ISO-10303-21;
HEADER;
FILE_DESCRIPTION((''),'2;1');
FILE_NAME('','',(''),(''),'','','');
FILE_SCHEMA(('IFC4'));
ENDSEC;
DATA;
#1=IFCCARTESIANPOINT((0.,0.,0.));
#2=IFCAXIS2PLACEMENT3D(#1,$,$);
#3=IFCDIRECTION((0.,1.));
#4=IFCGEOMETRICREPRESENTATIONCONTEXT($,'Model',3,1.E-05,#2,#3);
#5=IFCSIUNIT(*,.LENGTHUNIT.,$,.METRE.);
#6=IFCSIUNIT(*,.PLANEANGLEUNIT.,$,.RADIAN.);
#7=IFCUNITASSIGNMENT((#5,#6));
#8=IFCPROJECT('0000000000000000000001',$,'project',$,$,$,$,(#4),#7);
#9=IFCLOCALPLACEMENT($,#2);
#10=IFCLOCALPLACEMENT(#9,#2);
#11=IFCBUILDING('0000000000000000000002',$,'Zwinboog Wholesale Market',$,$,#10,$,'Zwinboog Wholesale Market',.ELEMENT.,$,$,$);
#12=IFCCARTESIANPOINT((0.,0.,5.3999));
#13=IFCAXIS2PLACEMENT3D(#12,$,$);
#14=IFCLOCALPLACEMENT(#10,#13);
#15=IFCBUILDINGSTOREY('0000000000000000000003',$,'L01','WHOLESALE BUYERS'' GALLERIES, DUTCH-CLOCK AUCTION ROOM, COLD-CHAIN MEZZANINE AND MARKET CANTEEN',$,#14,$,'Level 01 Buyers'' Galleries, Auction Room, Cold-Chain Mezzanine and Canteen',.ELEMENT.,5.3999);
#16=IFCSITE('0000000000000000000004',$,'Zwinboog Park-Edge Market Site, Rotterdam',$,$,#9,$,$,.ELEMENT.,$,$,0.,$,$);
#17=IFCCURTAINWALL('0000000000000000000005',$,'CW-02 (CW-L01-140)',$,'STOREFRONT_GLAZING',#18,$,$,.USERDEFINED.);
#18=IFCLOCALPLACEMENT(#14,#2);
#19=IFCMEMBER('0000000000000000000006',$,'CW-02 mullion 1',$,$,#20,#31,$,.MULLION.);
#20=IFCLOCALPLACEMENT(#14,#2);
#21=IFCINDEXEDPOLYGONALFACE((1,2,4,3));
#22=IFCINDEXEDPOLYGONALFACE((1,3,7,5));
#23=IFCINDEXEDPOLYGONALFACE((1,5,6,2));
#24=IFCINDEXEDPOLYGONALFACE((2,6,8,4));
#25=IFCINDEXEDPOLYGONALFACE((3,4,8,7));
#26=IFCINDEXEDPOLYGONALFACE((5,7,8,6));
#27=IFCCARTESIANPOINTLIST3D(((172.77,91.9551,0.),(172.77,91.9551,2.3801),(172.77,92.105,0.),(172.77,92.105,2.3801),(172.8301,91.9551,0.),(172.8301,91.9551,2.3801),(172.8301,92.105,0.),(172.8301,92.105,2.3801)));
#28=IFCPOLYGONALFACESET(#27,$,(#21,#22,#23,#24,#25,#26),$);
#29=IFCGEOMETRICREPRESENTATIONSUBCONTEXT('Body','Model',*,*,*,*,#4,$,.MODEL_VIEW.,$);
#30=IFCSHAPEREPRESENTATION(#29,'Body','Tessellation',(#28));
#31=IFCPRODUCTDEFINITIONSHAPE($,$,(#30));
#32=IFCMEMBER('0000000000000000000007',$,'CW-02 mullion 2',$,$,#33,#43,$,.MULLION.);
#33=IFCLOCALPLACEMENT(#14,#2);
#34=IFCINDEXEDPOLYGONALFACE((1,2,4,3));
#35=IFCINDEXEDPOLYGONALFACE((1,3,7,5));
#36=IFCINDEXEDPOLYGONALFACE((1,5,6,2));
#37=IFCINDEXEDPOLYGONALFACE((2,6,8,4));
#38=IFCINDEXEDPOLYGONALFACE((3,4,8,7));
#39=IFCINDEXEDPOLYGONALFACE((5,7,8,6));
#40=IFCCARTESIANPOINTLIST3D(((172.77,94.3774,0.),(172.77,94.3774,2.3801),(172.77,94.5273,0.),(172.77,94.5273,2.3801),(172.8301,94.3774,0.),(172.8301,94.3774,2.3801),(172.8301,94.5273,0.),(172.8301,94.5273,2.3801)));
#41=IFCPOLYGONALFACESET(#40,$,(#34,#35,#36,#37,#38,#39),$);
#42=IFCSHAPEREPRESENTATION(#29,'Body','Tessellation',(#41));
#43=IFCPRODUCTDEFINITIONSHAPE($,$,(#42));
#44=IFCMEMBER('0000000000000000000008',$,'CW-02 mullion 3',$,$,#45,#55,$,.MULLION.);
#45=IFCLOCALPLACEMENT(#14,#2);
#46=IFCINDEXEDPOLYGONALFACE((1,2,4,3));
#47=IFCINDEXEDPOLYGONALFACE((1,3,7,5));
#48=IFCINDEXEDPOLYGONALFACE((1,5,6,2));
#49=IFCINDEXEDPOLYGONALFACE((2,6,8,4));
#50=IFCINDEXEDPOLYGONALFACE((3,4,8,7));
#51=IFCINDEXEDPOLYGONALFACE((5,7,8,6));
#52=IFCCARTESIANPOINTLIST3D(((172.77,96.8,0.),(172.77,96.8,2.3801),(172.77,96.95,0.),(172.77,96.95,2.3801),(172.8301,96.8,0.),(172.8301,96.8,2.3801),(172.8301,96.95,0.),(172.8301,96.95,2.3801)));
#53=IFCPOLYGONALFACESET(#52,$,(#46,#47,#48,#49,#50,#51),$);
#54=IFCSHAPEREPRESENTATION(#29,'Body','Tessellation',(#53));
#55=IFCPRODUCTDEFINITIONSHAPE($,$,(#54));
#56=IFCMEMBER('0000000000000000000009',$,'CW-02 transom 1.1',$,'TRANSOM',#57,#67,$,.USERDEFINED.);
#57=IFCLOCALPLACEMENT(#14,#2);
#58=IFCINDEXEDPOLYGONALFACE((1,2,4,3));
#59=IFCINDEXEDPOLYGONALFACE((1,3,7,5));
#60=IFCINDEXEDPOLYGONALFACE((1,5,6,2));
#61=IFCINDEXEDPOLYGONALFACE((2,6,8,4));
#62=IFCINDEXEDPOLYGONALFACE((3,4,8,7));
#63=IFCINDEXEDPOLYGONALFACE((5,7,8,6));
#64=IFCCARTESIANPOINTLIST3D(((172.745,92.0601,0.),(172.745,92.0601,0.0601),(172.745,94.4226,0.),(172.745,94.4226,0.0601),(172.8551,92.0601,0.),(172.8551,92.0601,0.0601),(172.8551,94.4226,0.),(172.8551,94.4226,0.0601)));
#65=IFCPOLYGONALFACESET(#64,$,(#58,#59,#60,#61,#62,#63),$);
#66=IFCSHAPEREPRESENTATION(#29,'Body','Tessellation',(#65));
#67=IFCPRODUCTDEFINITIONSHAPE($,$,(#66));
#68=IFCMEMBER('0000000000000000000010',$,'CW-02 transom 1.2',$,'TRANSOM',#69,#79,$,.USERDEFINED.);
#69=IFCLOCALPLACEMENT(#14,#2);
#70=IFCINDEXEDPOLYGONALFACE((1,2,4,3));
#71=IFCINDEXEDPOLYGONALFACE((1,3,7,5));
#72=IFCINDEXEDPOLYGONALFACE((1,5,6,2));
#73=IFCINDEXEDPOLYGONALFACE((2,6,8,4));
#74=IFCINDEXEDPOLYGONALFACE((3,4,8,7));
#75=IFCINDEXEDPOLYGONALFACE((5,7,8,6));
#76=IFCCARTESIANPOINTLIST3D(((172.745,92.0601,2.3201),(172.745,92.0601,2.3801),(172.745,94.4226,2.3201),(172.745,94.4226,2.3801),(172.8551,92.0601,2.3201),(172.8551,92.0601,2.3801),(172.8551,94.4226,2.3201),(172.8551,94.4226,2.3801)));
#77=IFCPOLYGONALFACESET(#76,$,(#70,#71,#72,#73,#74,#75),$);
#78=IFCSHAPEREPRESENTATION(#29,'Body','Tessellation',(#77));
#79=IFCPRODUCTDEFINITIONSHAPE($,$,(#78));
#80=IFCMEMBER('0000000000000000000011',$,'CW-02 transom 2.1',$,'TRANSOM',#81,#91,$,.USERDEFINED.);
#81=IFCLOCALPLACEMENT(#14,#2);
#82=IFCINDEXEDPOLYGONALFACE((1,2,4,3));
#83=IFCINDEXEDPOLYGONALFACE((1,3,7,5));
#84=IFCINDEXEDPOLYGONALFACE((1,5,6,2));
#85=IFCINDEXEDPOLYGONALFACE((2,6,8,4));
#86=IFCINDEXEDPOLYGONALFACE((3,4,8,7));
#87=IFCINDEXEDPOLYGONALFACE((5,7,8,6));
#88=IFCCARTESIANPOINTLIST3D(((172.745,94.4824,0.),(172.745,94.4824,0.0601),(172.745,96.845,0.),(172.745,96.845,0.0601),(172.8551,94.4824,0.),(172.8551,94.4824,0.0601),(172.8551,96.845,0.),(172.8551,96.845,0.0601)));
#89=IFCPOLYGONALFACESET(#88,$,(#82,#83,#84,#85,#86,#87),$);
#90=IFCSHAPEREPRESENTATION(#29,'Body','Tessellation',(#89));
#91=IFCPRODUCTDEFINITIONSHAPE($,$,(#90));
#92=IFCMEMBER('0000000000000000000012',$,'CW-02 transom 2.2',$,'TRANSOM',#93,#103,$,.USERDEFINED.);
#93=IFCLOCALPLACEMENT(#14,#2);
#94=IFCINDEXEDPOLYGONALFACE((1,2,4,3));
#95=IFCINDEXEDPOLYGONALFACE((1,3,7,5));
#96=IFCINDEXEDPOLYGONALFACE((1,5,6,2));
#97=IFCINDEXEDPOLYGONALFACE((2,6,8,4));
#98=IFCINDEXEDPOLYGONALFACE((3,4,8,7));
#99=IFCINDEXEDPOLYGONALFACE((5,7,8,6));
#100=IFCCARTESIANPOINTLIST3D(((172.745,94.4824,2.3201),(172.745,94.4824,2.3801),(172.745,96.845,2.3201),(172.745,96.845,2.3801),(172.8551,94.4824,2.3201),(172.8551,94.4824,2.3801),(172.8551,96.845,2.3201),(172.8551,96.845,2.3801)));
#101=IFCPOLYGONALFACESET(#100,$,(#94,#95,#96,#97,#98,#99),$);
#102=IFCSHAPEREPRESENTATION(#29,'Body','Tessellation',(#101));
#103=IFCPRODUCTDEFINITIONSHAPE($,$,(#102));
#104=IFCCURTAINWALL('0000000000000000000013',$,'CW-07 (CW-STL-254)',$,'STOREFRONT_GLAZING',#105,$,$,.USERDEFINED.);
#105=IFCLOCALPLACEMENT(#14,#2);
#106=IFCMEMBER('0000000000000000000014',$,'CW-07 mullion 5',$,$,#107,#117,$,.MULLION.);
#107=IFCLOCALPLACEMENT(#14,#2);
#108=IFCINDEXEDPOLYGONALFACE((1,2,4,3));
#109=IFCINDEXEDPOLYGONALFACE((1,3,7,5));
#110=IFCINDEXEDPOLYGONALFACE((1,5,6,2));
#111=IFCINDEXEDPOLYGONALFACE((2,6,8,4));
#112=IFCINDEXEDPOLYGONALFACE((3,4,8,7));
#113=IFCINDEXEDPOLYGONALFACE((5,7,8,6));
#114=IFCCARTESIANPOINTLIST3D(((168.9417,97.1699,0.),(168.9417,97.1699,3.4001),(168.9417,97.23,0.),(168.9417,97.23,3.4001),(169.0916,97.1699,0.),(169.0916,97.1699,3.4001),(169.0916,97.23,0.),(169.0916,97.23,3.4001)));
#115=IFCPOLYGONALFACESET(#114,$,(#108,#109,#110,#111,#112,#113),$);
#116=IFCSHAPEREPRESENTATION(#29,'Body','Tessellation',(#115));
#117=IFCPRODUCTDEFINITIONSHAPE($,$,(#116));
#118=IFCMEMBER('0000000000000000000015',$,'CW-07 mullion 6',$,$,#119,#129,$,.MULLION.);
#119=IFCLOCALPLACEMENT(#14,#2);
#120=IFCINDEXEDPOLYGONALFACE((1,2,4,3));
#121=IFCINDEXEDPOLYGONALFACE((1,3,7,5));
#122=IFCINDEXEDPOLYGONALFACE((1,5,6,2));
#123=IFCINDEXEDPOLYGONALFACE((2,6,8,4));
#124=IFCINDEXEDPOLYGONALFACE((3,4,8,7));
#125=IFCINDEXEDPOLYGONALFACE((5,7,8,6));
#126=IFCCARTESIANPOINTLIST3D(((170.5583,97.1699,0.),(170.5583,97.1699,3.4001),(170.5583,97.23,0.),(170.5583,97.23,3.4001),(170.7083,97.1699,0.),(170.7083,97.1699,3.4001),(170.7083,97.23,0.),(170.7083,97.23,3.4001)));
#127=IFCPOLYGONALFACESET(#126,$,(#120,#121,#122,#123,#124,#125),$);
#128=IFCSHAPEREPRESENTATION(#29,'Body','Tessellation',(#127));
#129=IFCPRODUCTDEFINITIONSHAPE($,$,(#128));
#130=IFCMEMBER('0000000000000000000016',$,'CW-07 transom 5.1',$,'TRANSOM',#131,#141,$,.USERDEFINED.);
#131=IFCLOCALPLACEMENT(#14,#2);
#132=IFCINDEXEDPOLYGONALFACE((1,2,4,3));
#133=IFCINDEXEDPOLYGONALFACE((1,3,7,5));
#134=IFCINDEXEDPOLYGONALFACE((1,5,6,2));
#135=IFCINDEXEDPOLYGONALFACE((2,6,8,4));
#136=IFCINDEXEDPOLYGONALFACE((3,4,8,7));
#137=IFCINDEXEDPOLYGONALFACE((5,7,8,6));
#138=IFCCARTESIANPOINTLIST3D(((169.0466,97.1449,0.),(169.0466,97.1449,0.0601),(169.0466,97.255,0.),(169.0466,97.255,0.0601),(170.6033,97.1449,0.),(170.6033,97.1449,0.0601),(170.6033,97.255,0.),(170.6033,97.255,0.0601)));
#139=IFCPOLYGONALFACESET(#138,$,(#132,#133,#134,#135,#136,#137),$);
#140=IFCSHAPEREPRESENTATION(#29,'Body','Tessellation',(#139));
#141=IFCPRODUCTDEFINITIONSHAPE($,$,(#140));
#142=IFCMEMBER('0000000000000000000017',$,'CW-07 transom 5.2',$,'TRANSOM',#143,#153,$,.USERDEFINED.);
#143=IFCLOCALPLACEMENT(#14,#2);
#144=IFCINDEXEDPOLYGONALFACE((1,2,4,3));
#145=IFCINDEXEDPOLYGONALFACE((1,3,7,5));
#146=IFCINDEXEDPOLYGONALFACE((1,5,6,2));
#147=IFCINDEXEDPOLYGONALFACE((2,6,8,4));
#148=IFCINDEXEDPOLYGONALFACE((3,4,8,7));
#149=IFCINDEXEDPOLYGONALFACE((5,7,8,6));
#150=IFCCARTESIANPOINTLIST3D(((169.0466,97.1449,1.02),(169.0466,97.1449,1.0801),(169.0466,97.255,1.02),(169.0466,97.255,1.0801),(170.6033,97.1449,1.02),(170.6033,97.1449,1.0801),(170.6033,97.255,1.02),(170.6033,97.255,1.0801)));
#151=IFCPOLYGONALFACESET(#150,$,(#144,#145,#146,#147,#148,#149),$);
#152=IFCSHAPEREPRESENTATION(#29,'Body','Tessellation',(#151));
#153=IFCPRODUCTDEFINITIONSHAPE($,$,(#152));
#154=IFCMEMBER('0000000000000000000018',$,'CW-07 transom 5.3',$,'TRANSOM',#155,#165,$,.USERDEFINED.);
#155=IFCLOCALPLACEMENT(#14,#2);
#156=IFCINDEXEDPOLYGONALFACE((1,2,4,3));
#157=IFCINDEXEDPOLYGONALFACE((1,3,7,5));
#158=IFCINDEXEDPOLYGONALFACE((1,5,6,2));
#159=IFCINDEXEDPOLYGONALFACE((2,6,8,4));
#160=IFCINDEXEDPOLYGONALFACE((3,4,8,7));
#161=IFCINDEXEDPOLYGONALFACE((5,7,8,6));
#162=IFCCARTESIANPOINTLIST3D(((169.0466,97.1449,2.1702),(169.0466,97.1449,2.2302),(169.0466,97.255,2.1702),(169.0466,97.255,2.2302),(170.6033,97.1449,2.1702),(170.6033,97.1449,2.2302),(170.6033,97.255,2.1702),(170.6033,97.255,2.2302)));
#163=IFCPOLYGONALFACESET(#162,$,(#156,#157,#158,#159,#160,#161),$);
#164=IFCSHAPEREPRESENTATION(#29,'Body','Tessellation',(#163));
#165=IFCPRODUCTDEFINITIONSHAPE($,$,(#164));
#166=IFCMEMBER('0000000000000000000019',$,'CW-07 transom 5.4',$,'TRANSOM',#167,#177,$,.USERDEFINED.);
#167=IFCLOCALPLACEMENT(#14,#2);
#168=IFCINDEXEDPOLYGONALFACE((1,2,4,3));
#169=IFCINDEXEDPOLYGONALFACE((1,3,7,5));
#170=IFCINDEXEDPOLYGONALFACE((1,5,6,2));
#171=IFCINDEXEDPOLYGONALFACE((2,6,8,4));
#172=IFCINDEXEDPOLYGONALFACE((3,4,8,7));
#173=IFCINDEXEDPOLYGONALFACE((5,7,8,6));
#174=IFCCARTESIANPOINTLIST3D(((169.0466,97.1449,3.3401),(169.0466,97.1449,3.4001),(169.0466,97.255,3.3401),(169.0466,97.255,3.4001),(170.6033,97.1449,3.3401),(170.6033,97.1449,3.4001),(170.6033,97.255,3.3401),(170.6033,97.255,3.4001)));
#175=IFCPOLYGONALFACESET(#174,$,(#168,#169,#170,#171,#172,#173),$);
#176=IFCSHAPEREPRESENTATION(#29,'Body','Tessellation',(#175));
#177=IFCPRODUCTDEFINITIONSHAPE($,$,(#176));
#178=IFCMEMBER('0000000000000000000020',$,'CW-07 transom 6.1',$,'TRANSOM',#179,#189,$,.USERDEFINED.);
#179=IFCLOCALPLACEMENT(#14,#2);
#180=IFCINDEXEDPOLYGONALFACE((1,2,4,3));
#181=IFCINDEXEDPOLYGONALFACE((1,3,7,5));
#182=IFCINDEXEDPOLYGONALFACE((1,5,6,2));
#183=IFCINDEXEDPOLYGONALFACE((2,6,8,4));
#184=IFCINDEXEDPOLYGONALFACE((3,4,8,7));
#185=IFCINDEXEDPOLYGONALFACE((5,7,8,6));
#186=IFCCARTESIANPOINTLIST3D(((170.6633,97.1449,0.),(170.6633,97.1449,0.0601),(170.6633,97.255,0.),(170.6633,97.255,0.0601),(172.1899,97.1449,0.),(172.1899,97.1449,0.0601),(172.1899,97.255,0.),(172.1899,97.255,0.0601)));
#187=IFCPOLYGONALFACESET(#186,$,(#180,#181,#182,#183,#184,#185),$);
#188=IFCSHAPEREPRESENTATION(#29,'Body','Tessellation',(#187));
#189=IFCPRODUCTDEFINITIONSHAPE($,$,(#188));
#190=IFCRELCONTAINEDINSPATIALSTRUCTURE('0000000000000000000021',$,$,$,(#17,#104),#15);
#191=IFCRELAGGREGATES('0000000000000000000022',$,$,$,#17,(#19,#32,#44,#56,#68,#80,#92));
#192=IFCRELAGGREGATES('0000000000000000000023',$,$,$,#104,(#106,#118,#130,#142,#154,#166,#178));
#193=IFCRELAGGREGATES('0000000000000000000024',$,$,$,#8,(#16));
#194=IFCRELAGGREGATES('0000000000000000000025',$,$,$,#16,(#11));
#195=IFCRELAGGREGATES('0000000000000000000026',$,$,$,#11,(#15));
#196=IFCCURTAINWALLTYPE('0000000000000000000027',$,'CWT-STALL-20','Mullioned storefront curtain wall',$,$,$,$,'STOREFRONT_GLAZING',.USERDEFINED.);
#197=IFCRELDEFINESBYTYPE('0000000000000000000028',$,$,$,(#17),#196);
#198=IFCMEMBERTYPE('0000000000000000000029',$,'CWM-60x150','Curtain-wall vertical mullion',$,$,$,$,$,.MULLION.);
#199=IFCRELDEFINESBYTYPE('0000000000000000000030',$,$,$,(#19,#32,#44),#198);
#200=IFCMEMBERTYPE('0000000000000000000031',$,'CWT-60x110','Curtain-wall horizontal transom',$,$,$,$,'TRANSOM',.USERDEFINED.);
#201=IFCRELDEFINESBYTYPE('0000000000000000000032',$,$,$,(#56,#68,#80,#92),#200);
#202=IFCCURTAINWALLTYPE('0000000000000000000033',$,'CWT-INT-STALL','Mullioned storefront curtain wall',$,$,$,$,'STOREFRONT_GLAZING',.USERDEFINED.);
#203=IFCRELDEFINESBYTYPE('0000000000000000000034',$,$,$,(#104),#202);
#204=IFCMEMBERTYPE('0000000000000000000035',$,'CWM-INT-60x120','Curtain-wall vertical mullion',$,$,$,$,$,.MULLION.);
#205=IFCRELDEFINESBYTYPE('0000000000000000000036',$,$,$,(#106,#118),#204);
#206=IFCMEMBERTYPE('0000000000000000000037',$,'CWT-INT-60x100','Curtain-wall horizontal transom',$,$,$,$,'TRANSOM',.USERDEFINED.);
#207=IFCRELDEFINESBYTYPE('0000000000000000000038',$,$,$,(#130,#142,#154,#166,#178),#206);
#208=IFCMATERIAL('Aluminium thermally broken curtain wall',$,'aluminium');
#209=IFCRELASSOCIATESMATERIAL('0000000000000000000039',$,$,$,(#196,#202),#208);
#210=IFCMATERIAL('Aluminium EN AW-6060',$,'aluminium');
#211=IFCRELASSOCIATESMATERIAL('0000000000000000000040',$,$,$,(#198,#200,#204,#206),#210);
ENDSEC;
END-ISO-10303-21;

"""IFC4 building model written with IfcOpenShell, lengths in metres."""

from ifc_helpers import new_model, si_unit, direction, frame, origin, origin_2d, place, context, subcontext, project, spatial, rectangle, extrude, material, material_profile, profile_set, type_object, element, aggregate, save


model = new_model("IFC4")

# Units and contexts
model_context = context("Model", 3, precision=1e-05, world=origin(), true_north=direction((0.0, 1.0)))
body_context = subcontext(model_context, "Body", "Model", "MODEL_VIEW")
ifc_project = project(units=[si_unit("LENGTHUNIT", "METRE"), si_unit("PLANEANGLEUNIT", "RADIAN")], contexts=[model_context])

# Site, building, storey
site_placement = place(None, origin())
site = spatial("IfcSite", under=ifc_project, at=site_placement, Name="Zwinboog Park-Edge Market Site, Rotterdam", CompositionType="ELEMENT", RefElevation=0.0)
building_placement = place(site_placement, origin())
building = spatial("IfcBuilding", under=site, at=building_placement, Name="Zwinboog Wholesale Market", LongName="Zwinboog Wholesale Market", CompositionType="ELEMENT")
storey_placement = place(building_placement, frame((0.0, 0.0, 5.3999)))
storey = spatial("IfcBuildingStorey", under=building, at=storey_placement, Name="L01", Description="WHOLESALE BUYERS' GALLERIES, DUTCH-CLOCK AUCTION ROOM, COLD-CHAIN MEZZANINE AND MARKET CANTEEN", LongName="Level 01 Buyers' Galleries, Auction Room, Cold-Chain Mezzanine and Canteen", CompositionType="ELEMENT", Elevation=5.3999)

# Curtain walls, members
ifc_material_1 = material(Name="Aluminium thermally broken curtain wall", Category="aluminium")
curtain_wall_type_1 = type_object("IfcCurtainWallType", Name="CWT-STALL-20", Description="Mullioned storefront curtain wall", ElementType="STOREFRONT_GLAZING", PredefinedType="USERDEFINED", material=ifc_material_1)
curtain_wall_1_placement = place(storey_placement, origin())
curtain_wall_1 = element("IfcCurtainWall", 1, at=curtain_wall_1_placement, inside=storey, type_object=curtain_wall_type_1, Name="CW-02 (CW-L01-140)", ObjectType="STOREFRONT_GLAZING", PredefinedType="USERDEFINED")
ifc_material_2 = material(Name="Aluminium EN AW-6060", Category="aluminium")
ifc_material_profile_1 = material_profile(ifc_material_2, rectangle(XDim=0.0601, YDim=0.1499, at=origin_2d()), Name="AL 60x150")
ifc_profile_set_1 = profile_set([ifc_material_profile_1], Name="Aluminium EN AW-6060")
member_type_1 = type_object("IfcMemberType", Name="CWM-60x150", Description="Curtain-wall vertical mullion", PredefinedType="MULLION", material=ifc_profile_set_1)
member_1_placement = place(storey_placement, frame((172.8, 92.03, 0.0), z_axis=(0.0, 0.0, 1.0), x_axis=(-1.0, 0.0, 0.0)))
member_1 = element("IfcMember", 2, at=member_1_placement, type_object=member_type_1, Name="CW-02 mullion 1", PredefinedType="MULLION", context=body_context, shape_type="SweptSolid", body=[
    extrude(rectangle(XDim=0.0601, YDim=0.1499, at=origin_2d()), origin(), (0.0, 0.0, 1.0), 2.3801),
])
member_2_placement = place(storey_placement, frame((172.8, 94.4524, 0.0), z_axis=(0.0, 0.0, 1.0), x_axis=(-1.0, 0.0, 0.0)))
member_2 = element("IfcMember", 3, at=member_2_placement, type_object=member_type_1, Name="CW-02 mullion 2", PredefinedType="MULLION", context=body_context, shape_type="SweptSolid", body=[
    extrude(rectangle(XDim=0.0601, YDim=0.1499, at=origin_2d()), origin(), (0.0, 0.0, 1.0), 2.3801),
])
member_3_placement = place(storey_placement, frame((172.8, 96.875, 0.0), z_axis=(0.0, 0.0, 1.0), x_axis=(-1.0, 0.0, 0.0)))
member_3 = element("IfcMember", 4, at=member_3_placement, type_object=member_type_1, Name="CW-02 mullion 3", PredefinedType="MULLION", context=body_context, shape_type="SweptSolid", body=[
    extrude(rectangle(XDim=0.0601, YDim=0.1499, at=origin_2d()), origin(), (0.0, 0.0, 1.0), 2.3801),
])
ifc_material_profile_2 = material_profile(ifc_material_2, rectangle(XDim=0.1101, YDim=0.0601, at=origin_2d()), Name="AL 60x110")
ifc_profile_set_2 = profile_set([ifc_material_profile_2], Name="Aluminium EN AW-6060")
member_type_2 = type_object("IfcMemberType", Name="CWT-60x110", Description="Curtain-wall horizontal transom", ElementType="TRANSOM", PredefinedType="USERDEFINED", material=ifc_profile_set_2)
member_4_placement = place(storey_placement, frame((172.8, 92.0601, 0.03), z_axis=(0.0, 1.0, 0.0), x_axis=(-1.0, 0.0, 0.0)))
member_4 = element("IfcMember", 5, at=member_4_placement, type_object=member_type_2, Name="CW-02 transom 1.1", ObjectType="TRANSOM", PredefinedType="USERDEFINED", context=body_context, shape_type="SweptSolid", body=[
    extrude(rectangle(XDim=0.1101, YDim=0.0601, at=origin_2d()), origin(), (0.0, 0.0, 1.0), 2.3625),
])
member_5_placement = place(storey_placement, frame((172.8, 92.0601, 2.3501), z_axis=(0.0, 1.0, 0.0), x_axis=(-1.0, 0.0, 0.0)))
member_5 = element("IfcMember", 6, at=member_5_placement, type_object=member_type_2, Name="CW-02 transom 1.2", ObjectType="TRANSOM", PredefinedType="USERDEFINED", context=body_context, shape_type="SweptSolid", body=[
    extrude(rectangle(XDim=0.1101, YDim=0.0601, at=origin_2d()), origin(), (0.0, 0.0, 1.0), 2.3625),
])
member_6_placement = place(storey_placement, frame((172.8, 94.4824, 0.03), z_axis=(0.0, 1.0, 0.0), x_axis=(-1.0, 0.0, 0.0)))
member_6 = element("IfcMember", 7, at=member_6_placement, type_object=member_type_2, Name="CW-02 transom 2.1", ObjectType="TRANSOM", PredefinedType="USERDEFINED", context=body_context, shape_type="SweptSolid", body=[
    extrude(rectangle(XDim=0.1101, YDim=0.0601, at=origin_2d()), origin(), (0.0, 0.0, 1.0), 2.3625),
])
member_7_placement = place(storey_placement, frame((172.8, 94.4824, 2.3501), z_axis=(0.0, 1.0, 0.0), x_axis=(-1.0, 0.0, 0.0)))
member_7 = element("IfcMember", 8, at=member_7_placement, type_object=member_type_2, Name="CW-02 transom 2.2", ObjectType="TRANSOM", PredefinedType="USERDEFINED", context=body_context, shape_type="SweptSolid", body=[
    extrude(rectangle(XDim=0.1101, YDim=0.0601, at=origin_2d()), origin(), (0.0, 0.0, 1.0), 2.3625),
])
curtain_wall_type_2 = type_object("IfcCurtainWallType", Name="CWT-INT-STALL", Description="Mullioned storefront curtain wall", ElementType="STOREFRONT_GLAZING", PredefinedType="USERDEFINED", material=ifc_material_1)
curtain_wall_2_placement = place(storey_placement, origin())
curtain_wall_2 = element("IfcCurtainWall", 9, at=curtain_wall_2_placement, inside=storey, type_object=curtain_wall_type_2, Name="CW-07 (CW-STL-254)", ObjectType="STOREFRONT_GLAZING", PredefinedType="USERDEFINED")
ifc_material_profile_3 = material_profile(ifc_material_2, rectangle(XDim=0.0601, YDim=0.1499, at=origin_2d()), Name="AL 60x150")
ifc_profile_set_3 = profile_set([ifc_material_profile_3], Name="Aluminium EN AW-6060")
member_type_3 = type_object("IfcMemberType", Name="CWM-INT-60x120", Description="Curtain-wall vertical mullion", PredefinedType="MULLION", material=ifc_profile_set_3)
member_8_placement = place(storey_placement, frame((169.0166, 97.2, 0.0), z_axis=(0.0, 0.0, 1.0), x_axis=(0.0, 1.0, 0.0)))
member_8 = element("IfcMember", 10, at=member_8_placement, type_object=member_type_3, Name="CW-07 mullion 5", PredefinedType="MULLION", context=body_context, shape_type="SweptSolid", body=[
    extrude(rectangle(XDim=0.0601, YDim=0.1499, at=origin_2d()), origin(), (0.0, 0.0, 1.0), 3.4001),
])
member_9_placement = place(storey_placement, frame((170.6333, 97.2, 0.0), z_axis=(0.0, 0.0, 1.0), x_axis=(0.0, 1.0, 0.0)))
member_9 = element("IfcMember", 11, at=member_9_placement, type_object=member_type_3, Name="CW-07 mullion 6", PredefinedType="MULLION", context=body_context, shape_type="SweptSolid", body=[
    extrude(rectangle(XDim=0.0601, YDim=0.1499, at=origin_2d()), origin(), (0.0, 0.0, 1.0), 3.4001),
])
ifc_material_profile_4 = material_profile(ifc_material_2, rectangle(XDim=0.1101, YDim=0.0601, at=origin_2d()), Name="AL 60x110")
ifc_profile_set_4 = profile_set([ifc_material_profile_4], Name="Aluminium EN AW-6060")
member_type_4 = type_object("IfcMemberType", Name="CWT-INT-60x100", Description="Curtain-wall horizontal transom", ElementType="TRANSOM", PredefinedType="USERDEFINED", material=ifc_profile_set_4)
member_10_placement = place(storey_placement, frame((169.0466, 97.2, 0.03), z_axis=(1.0, 0.0, 0.0), x_axis=(0.0, 1.0, 0.0)))
member_10 = element("IfcMember", 12, at=member_10_placement, type_object=member_type_4, Name="CW-07 transom 5.1", ObjectType="TRANSOM", PredefinedType="USERDEFINED", context=body_context, shape_type="SweptSolid", body=[
    extrude(rectangle(XDim=0.1101, YDim=0.0601, at=origin_2d()), origin(), (0.0, 0.0, 1.0), 1.5566),
])
member_11_placement = place(storey_placement, frame((169.0466, 97.2, 1.05), z_axis=(1.0, 0.0, 0.0), x_axis=(0.0, 1.0, 0.0)))
member_11 = element("IfcMember", 13, at=member_11_placement, type_object=member_type_4, Name="CW-07 transom 5.2", ObjectType="TRANSOM", PredefinedType="USERDEFINED", context=body_context, shape_type="SweptSolid", body=[
    extrude(rectangle(XDim=0.1101, YDim=0.0601, at=origin_2d()), origin(), (0.0, 0.0, 1.0), 1.5566),
])
member_12_placement = place(storey_placement, frame((169.0466, 97.2, 2.2002), z_axis=(1.0, 0.0, 0.0), x_axis=(0.0, 1.0, 0.0)))
member_12 = element("IfcMember", 14, at=member_12_placement, type_object=member_type_4, Name="CW-07 transom 5.3", ObjectType="TRANSOM", PredefinedType="USERDEFINED", context=body_context, shape_type="SweptSolid", body=[
    extrude(rectangle(XDim=0.1101, YDim=0.0601, at=origin_2d()), origin(), (0.0, 0.0, 1.0), 1.5566),
])
member_13_placement = place(storey_placement, frame((169.0466, 97.2, 3.3701), z_axis=(1.0, 0.0, 0.0), x_axis=(0.0, 1.0, 0.0)))
member_13 = element("IfcMember", 15, at=member_13_placement, type_object=member_type_4, Name="CW-07 transom 5.4", ObjectType="TRANSOM", PredefinedType="USERDEFINED", context=body_context, shape_type="SweptSolid", body=[
    extrude(rectangle(XDim=0.1101, YDim=0.0601, at=origin_2d()), origin(), (0.0, 0.0, 1.0), 1.5566),
])
member_14_placement = place(storey_placement, frame((170.6633, 97.2, 0.03), z_axis=(1.0, 0.0, 0.0), x_axis=(0.0, 1.0, 0.0)))
member_14 = element("IfcMember", 16, at=member_14_placement, type_object=member_type_4, Name="CW-07 transom 6.1", ObjectType="TRANSOM", PredefinedType="USERDEFINED", context=body_context, shape_type="SweptSolid", body=[
    extrude(rectangle(XDim=0.1101, YDim=0.0601, at=origin_2d()), origin(), (0.0, 0.0, 1.0), 1.5266),
])

aggregate(curtain_wall_1, [member_1, member_2, member_3, member_4, member_5, member_6, member_7])
aggregate(curtain_wall_2, [member_8, member_9, member_10, member_11, member_12, member_13, member_14])

save(model, "model.ifc")
